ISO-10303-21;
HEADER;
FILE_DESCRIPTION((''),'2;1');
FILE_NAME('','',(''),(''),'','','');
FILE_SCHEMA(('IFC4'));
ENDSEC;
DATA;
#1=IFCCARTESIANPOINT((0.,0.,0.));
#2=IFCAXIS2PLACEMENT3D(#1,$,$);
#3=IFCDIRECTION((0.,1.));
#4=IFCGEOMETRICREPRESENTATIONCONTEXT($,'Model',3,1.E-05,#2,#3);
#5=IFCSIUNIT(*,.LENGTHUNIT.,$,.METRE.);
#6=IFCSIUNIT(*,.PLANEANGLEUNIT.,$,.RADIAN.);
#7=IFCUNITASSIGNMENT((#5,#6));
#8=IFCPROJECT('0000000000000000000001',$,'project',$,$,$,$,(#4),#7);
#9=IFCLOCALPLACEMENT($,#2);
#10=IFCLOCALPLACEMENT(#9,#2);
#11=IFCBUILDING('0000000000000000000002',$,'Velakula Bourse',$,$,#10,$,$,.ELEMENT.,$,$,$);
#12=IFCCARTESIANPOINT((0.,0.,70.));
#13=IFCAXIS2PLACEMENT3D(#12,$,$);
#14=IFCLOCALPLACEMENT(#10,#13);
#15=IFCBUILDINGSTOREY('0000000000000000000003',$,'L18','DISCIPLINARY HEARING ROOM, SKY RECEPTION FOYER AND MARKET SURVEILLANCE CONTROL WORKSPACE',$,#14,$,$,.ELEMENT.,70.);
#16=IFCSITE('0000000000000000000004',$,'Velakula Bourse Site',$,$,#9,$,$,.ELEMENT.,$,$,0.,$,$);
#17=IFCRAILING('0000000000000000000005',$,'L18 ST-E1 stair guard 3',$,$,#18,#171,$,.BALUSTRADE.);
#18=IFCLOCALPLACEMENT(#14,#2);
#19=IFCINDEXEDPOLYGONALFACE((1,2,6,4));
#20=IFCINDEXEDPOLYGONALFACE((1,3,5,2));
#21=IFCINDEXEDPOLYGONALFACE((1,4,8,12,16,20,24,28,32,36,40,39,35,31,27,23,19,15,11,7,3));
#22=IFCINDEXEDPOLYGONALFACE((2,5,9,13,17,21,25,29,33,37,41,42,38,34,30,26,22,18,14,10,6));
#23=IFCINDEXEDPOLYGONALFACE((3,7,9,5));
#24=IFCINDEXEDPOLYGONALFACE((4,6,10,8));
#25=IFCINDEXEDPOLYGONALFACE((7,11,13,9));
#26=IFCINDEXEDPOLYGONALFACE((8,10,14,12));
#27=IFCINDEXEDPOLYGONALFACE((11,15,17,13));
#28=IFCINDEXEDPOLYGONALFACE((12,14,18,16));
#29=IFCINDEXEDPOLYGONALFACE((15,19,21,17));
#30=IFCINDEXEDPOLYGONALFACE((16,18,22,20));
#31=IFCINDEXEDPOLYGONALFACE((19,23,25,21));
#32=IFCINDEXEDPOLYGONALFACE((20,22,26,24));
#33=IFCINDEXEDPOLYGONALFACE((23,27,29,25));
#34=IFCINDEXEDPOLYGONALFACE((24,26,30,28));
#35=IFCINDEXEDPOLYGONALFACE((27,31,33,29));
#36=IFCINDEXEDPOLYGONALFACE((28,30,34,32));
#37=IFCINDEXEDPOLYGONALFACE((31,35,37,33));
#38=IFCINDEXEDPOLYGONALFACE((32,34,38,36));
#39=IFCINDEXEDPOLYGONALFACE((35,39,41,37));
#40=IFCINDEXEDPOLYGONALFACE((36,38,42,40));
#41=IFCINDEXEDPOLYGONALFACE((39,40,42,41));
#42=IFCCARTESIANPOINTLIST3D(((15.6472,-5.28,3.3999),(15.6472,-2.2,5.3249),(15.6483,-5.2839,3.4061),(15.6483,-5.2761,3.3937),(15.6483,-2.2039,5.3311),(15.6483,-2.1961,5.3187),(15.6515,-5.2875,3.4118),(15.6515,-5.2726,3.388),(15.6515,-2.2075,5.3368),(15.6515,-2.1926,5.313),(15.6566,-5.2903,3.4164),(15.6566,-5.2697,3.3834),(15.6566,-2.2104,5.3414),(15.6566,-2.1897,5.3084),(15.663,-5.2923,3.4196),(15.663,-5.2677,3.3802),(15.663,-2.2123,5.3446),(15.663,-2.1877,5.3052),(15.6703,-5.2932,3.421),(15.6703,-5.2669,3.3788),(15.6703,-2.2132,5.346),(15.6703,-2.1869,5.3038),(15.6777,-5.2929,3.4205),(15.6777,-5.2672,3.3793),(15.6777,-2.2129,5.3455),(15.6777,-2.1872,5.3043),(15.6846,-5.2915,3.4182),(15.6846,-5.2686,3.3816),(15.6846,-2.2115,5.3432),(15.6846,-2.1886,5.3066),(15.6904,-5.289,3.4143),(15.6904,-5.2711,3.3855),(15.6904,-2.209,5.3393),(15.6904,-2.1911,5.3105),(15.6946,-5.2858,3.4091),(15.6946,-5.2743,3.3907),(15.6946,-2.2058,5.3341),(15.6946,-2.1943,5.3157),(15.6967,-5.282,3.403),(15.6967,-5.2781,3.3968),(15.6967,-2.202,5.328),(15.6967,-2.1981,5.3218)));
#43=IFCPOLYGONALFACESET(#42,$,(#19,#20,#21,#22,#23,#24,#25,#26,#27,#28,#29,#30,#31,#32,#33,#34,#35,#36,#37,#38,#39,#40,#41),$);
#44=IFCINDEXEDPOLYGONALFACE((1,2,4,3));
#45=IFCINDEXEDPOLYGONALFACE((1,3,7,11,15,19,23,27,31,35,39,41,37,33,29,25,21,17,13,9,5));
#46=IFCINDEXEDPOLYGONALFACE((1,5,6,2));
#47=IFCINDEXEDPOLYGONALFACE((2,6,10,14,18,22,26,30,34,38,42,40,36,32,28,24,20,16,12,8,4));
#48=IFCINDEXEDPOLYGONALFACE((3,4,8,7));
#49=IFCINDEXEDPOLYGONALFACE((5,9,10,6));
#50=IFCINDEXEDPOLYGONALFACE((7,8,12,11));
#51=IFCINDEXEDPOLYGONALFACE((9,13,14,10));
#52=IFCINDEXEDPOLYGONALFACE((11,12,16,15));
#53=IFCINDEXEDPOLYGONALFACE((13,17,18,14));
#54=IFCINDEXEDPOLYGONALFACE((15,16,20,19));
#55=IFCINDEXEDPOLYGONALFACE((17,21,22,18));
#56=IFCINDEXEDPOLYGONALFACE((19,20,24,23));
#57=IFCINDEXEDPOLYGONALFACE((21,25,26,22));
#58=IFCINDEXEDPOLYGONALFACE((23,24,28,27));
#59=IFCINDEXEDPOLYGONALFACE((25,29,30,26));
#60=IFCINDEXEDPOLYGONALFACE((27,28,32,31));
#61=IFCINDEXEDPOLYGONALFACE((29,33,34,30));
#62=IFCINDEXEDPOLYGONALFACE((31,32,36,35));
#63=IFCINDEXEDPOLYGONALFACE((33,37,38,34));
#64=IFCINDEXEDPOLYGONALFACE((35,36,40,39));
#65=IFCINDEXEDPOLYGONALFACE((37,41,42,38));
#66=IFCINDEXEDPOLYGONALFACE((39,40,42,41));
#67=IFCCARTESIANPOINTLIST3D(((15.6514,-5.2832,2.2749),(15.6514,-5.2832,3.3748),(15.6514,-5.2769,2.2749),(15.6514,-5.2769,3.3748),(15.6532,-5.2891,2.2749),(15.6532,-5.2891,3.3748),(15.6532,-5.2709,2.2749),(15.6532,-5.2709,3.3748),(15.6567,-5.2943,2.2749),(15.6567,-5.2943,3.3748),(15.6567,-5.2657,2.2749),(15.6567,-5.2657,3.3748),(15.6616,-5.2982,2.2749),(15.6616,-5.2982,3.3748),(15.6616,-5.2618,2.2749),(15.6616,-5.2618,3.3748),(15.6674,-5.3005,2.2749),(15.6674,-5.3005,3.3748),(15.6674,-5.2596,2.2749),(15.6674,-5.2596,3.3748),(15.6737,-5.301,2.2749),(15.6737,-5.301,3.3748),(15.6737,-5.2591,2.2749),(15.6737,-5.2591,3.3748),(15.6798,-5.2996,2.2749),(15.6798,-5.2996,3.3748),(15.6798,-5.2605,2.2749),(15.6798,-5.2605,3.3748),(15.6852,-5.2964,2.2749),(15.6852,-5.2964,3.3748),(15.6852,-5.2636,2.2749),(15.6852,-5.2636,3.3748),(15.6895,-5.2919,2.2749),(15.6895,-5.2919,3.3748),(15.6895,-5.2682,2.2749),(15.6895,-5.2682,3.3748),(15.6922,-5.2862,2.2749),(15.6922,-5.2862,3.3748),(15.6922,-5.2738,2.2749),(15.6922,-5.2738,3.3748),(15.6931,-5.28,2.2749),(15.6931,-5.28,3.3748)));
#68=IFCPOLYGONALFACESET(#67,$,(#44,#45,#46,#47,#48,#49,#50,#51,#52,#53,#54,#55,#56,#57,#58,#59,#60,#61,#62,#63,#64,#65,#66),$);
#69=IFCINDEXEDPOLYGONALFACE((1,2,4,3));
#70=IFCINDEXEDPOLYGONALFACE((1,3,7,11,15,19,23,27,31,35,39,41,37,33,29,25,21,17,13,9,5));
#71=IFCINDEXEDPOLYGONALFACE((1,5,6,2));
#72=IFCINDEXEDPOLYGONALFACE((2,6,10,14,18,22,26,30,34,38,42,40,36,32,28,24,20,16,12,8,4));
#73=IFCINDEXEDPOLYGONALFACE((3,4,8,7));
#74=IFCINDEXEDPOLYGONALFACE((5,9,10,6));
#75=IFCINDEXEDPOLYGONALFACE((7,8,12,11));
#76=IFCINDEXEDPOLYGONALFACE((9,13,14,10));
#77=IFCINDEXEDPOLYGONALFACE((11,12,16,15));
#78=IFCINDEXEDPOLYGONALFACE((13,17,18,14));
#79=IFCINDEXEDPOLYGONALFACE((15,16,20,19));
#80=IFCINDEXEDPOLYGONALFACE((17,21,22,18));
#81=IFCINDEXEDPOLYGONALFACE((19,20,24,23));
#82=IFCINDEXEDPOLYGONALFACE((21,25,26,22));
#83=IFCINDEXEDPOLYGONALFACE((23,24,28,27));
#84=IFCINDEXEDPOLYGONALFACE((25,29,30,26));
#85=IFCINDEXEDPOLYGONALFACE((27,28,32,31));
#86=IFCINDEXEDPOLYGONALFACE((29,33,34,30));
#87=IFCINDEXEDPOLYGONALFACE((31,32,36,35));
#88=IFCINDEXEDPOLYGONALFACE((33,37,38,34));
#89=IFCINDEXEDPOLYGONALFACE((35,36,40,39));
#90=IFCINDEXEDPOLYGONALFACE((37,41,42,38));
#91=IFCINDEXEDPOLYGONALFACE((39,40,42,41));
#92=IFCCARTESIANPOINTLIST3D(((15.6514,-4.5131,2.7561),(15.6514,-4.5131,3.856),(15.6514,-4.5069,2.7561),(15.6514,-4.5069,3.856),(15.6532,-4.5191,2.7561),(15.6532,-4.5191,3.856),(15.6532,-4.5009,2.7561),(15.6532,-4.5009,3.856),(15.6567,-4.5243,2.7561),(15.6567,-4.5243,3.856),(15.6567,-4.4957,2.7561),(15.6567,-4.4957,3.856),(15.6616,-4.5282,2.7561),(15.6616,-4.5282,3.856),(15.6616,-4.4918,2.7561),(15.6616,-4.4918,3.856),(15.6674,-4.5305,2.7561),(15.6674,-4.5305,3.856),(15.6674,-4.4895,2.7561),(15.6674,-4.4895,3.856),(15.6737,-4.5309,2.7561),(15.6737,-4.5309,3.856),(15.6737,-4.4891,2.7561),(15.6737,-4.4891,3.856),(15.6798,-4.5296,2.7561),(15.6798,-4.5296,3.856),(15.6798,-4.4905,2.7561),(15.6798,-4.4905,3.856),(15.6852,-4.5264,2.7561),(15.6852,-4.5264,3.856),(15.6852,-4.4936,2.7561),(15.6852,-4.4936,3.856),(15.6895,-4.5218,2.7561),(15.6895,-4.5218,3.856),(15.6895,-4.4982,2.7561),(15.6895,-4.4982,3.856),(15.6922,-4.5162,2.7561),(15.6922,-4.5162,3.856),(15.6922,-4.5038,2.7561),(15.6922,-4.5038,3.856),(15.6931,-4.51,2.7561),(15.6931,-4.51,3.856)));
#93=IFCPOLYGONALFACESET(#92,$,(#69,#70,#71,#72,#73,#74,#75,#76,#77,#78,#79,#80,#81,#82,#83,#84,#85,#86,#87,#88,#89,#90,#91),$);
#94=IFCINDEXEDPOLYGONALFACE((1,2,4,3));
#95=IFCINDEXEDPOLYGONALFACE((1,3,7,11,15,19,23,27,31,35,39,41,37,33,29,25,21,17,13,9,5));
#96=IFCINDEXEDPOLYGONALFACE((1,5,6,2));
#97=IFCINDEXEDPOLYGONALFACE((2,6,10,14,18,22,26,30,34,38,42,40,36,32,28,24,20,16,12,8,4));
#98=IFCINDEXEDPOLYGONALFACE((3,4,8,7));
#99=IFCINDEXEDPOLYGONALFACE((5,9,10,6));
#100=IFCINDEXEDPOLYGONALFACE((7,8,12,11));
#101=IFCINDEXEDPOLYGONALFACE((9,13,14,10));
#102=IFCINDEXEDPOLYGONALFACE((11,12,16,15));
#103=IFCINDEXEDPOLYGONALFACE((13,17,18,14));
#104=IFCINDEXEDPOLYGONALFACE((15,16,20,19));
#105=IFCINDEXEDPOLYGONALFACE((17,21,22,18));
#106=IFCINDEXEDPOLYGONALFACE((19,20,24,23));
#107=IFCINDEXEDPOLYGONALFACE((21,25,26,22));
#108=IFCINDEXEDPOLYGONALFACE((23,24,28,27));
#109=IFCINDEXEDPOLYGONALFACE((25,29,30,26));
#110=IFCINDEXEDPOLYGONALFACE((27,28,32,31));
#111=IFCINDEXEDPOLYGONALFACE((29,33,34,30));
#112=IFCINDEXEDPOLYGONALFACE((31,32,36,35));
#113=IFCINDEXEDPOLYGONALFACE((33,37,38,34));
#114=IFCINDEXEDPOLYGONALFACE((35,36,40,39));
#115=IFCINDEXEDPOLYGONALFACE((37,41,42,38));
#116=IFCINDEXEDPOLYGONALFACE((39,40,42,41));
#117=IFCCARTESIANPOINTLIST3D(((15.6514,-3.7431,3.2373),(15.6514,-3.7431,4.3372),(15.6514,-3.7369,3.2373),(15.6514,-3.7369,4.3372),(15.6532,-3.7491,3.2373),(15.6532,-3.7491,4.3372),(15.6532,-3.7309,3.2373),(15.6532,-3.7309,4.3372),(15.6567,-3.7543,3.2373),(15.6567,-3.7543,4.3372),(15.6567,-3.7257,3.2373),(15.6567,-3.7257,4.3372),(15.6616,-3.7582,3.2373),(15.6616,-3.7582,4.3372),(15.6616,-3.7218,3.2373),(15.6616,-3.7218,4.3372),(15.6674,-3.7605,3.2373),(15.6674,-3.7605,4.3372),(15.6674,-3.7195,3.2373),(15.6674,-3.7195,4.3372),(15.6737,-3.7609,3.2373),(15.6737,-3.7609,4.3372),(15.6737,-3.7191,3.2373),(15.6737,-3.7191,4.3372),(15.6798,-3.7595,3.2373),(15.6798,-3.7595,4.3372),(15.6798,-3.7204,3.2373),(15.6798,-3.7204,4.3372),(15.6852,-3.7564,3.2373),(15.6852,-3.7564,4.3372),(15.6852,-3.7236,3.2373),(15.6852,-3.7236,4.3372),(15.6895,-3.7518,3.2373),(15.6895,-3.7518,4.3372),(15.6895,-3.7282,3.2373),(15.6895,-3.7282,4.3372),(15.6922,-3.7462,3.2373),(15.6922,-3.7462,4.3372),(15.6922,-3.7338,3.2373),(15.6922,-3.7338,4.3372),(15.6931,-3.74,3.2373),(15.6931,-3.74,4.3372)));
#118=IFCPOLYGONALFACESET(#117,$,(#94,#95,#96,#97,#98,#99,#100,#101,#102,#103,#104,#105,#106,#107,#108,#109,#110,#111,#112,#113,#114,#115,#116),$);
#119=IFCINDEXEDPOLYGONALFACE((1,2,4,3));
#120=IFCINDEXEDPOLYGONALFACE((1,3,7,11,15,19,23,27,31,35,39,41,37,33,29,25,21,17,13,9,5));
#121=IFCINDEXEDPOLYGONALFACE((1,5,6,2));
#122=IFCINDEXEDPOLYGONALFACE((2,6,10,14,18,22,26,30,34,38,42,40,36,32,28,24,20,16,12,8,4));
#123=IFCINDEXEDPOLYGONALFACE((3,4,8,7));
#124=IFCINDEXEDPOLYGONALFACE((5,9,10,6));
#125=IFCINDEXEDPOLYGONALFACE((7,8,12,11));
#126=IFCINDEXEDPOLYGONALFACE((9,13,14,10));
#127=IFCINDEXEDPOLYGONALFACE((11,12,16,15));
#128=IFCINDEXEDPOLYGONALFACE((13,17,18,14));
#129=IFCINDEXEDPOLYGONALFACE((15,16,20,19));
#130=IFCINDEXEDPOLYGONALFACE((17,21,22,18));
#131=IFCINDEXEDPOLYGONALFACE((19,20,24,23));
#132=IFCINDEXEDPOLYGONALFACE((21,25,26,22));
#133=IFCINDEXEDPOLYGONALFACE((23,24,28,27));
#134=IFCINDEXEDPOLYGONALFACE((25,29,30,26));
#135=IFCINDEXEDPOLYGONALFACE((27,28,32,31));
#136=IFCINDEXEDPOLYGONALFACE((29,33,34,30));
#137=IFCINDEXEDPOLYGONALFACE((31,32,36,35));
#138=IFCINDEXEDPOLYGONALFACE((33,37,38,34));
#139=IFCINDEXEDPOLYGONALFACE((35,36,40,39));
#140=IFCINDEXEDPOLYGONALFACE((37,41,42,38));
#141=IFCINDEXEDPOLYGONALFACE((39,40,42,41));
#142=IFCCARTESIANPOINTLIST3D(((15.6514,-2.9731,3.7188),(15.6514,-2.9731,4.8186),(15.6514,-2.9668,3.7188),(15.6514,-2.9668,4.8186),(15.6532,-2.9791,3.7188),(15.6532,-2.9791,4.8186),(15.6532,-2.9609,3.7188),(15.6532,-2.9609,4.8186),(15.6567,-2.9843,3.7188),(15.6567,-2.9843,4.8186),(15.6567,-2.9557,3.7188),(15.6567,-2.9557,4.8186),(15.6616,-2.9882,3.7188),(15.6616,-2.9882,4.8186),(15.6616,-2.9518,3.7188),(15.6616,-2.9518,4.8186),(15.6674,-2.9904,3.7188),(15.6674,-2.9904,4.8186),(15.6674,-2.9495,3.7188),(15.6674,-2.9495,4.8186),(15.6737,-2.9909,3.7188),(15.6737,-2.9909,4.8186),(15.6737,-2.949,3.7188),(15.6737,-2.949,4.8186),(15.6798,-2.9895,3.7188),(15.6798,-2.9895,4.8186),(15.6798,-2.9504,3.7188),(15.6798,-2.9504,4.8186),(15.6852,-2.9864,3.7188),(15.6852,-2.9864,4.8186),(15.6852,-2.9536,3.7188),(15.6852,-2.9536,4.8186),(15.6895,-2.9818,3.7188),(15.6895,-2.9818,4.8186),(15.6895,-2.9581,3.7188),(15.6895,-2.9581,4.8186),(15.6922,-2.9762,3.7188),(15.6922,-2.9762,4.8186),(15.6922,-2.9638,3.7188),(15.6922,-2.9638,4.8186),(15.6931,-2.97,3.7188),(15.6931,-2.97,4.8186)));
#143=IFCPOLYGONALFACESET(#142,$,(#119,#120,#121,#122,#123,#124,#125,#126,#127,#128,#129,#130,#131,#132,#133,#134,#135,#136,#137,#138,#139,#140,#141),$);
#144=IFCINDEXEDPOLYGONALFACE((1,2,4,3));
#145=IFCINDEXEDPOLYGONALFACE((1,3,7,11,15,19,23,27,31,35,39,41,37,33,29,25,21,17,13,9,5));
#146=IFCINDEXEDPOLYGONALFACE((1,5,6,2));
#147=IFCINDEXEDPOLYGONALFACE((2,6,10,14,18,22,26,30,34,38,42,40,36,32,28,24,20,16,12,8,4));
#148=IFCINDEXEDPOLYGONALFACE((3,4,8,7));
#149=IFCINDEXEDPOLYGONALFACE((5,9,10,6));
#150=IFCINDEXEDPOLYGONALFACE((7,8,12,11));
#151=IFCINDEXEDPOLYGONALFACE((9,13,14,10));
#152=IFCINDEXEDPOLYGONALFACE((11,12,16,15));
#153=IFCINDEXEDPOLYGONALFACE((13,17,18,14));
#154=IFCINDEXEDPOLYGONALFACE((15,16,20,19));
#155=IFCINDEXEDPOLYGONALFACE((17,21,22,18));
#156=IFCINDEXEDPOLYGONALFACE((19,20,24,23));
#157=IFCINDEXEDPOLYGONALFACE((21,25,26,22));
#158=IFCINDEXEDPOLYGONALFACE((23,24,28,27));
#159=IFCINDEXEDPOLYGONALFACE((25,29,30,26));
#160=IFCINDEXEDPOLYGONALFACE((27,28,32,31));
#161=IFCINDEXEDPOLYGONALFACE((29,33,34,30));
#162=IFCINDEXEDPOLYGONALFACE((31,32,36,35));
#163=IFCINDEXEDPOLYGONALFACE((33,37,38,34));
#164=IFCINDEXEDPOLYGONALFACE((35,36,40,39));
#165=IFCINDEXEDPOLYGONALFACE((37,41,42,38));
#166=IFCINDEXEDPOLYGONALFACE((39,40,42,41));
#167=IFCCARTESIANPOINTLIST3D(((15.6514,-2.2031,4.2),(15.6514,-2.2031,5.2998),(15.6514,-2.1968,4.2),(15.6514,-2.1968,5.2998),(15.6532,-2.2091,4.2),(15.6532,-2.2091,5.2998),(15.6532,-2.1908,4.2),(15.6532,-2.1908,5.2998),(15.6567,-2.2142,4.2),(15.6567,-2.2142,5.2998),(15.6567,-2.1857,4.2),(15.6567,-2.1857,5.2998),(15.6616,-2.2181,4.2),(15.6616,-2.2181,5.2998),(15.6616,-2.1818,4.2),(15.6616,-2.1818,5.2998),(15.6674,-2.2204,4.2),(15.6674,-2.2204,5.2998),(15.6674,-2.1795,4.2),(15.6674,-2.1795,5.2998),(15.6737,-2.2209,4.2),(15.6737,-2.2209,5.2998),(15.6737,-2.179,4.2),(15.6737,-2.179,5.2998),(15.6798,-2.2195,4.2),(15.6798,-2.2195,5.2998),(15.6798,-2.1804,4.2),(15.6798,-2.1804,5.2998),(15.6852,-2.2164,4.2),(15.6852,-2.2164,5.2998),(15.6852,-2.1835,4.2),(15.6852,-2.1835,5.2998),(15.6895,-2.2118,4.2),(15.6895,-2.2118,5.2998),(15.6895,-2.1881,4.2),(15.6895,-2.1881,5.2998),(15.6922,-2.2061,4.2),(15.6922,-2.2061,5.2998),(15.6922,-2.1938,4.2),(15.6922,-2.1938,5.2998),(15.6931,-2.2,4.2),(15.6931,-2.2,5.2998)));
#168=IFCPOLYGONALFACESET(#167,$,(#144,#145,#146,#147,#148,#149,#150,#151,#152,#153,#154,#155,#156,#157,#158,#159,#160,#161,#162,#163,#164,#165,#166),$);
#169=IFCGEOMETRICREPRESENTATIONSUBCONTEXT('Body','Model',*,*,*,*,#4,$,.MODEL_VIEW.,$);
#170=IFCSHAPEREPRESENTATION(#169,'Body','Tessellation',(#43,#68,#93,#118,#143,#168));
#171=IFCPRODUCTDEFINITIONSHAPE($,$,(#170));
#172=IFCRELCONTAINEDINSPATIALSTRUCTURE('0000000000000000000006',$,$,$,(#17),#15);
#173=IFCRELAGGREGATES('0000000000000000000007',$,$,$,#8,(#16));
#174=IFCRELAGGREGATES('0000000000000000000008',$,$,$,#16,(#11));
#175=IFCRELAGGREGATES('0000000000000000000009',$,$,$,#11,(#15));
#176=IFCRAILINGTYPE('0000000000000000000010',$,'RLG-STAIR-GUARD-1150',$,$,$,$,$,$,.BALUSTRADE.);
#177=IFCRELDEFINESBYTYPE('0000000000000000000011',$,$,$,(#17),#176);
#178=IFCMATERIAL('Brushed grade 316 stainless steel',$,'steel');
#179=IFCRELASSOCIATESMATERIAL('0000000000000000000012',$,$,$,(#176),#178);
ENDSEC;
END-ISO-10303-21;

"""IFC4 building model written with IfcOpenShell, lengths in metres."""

from ifc_helpers import new_model, si_unit, direction, frame, origin, origin_2d, place, context, subcontext, project, spatial, circle, extrude, material, type_object, element, save


model = new_model("IFC4")

# Units and contexts
model_context = context("Model", 3, precision=1e-05, world=origin(), true_north=direction((0.0, 1.0)))
body_context = subcontext(model_context, "Body", "Model", "MODEL_VIEW")
ifc_project = project(units=[si_unit("LENGTHUNIT", "METRE"), si_unit("PLANEANGLEUNIT", "RADIAN")], contexts=[model_context])

# Site, building, storey
site_placement = place(None, origin())
site = spatial("IfcSite", under=ifc_project, at=site_placement, Name="Velakula Bourse Site", CompositionType="ELEMENT", RefElevation=0.0)
building_placement = place(site_placement, origin())
building = spatial("IfcBuilding", under=site, at=building_placement, Name="Velakula Bourse", CompositionType="ELEMENT")
storey_placement = place(building_placement, frame((0.0, 0.0, 70.0)))
storey = spatial("IfcBuildingStorey", under=building, at=storey_placement, Name="L18", Description="DISCIPLINARY HEARING ROOM, SKY RECEPTION FOYER AND MARKET SURVEILLANCE CONTROL WORKSPACE", CompositionType="ELEMENT", Elevation=70.0)

# Shared definitions
ifc_material_1 = material(Name="Brushed grade 316 stainless steel", Category="steel")

# Railing
railing_type_1 = type_object("IfcRailingType", Name="RLG-STAIR-GUARD-1150", PredefinedType="BALUSTRADE", material=ifc_material_1)
railing_1_placement = place(storey_placement, frame((15.6721, -5.28, 2.2749)))
element("IfcRailing", 1, at=railing_1_placement, inside=storey, type_object=railing_type_1, Name="L18 ST-E1 stair guard 3", PredefinedType="BALUSTRADE", context=body_context, shape_type="SweptSolid", body=[
    extrude(circle(Radius=0.0249, at=origin_2d()), frame((0.0, 0.0, 1.125), z_axis=(0.0, 0.847998, 0.529999), x_axis=(-1.0, 0.0, 0.0)), (0.0, 0.0, 1.0), 3.6321),
    extrude(circle(Radius=0.021, at=origin_2d()), origin(), (0.0, 0.0, 1.0), 1.0999),
    extrude(circle(Radius=0.021, at=origin_2d()), frame((0.0, 0.77, 0.4812)), (0.0, 0.0, 1.0), 1.0999),
    extrude(circle(Radius=0.021, at=origin_2d()), frame((0.0, 1.54, 0.9624)), (0.0, 0.0, 1.0), 1.0999),
    extrude(circle(Radius=0.021, at=origin_2d()), frame((0.0, 2.3101, 1.4438)), (0.0, 0.0, 1.0), 1.0999),
    extrude(circle(Radius=0.021, at=origin_2d()), frame((0.0, 3.0801, 1.925)), (0.0, 0.0, 1.0), 1.0999),
])

save(model, "model.ifc")
